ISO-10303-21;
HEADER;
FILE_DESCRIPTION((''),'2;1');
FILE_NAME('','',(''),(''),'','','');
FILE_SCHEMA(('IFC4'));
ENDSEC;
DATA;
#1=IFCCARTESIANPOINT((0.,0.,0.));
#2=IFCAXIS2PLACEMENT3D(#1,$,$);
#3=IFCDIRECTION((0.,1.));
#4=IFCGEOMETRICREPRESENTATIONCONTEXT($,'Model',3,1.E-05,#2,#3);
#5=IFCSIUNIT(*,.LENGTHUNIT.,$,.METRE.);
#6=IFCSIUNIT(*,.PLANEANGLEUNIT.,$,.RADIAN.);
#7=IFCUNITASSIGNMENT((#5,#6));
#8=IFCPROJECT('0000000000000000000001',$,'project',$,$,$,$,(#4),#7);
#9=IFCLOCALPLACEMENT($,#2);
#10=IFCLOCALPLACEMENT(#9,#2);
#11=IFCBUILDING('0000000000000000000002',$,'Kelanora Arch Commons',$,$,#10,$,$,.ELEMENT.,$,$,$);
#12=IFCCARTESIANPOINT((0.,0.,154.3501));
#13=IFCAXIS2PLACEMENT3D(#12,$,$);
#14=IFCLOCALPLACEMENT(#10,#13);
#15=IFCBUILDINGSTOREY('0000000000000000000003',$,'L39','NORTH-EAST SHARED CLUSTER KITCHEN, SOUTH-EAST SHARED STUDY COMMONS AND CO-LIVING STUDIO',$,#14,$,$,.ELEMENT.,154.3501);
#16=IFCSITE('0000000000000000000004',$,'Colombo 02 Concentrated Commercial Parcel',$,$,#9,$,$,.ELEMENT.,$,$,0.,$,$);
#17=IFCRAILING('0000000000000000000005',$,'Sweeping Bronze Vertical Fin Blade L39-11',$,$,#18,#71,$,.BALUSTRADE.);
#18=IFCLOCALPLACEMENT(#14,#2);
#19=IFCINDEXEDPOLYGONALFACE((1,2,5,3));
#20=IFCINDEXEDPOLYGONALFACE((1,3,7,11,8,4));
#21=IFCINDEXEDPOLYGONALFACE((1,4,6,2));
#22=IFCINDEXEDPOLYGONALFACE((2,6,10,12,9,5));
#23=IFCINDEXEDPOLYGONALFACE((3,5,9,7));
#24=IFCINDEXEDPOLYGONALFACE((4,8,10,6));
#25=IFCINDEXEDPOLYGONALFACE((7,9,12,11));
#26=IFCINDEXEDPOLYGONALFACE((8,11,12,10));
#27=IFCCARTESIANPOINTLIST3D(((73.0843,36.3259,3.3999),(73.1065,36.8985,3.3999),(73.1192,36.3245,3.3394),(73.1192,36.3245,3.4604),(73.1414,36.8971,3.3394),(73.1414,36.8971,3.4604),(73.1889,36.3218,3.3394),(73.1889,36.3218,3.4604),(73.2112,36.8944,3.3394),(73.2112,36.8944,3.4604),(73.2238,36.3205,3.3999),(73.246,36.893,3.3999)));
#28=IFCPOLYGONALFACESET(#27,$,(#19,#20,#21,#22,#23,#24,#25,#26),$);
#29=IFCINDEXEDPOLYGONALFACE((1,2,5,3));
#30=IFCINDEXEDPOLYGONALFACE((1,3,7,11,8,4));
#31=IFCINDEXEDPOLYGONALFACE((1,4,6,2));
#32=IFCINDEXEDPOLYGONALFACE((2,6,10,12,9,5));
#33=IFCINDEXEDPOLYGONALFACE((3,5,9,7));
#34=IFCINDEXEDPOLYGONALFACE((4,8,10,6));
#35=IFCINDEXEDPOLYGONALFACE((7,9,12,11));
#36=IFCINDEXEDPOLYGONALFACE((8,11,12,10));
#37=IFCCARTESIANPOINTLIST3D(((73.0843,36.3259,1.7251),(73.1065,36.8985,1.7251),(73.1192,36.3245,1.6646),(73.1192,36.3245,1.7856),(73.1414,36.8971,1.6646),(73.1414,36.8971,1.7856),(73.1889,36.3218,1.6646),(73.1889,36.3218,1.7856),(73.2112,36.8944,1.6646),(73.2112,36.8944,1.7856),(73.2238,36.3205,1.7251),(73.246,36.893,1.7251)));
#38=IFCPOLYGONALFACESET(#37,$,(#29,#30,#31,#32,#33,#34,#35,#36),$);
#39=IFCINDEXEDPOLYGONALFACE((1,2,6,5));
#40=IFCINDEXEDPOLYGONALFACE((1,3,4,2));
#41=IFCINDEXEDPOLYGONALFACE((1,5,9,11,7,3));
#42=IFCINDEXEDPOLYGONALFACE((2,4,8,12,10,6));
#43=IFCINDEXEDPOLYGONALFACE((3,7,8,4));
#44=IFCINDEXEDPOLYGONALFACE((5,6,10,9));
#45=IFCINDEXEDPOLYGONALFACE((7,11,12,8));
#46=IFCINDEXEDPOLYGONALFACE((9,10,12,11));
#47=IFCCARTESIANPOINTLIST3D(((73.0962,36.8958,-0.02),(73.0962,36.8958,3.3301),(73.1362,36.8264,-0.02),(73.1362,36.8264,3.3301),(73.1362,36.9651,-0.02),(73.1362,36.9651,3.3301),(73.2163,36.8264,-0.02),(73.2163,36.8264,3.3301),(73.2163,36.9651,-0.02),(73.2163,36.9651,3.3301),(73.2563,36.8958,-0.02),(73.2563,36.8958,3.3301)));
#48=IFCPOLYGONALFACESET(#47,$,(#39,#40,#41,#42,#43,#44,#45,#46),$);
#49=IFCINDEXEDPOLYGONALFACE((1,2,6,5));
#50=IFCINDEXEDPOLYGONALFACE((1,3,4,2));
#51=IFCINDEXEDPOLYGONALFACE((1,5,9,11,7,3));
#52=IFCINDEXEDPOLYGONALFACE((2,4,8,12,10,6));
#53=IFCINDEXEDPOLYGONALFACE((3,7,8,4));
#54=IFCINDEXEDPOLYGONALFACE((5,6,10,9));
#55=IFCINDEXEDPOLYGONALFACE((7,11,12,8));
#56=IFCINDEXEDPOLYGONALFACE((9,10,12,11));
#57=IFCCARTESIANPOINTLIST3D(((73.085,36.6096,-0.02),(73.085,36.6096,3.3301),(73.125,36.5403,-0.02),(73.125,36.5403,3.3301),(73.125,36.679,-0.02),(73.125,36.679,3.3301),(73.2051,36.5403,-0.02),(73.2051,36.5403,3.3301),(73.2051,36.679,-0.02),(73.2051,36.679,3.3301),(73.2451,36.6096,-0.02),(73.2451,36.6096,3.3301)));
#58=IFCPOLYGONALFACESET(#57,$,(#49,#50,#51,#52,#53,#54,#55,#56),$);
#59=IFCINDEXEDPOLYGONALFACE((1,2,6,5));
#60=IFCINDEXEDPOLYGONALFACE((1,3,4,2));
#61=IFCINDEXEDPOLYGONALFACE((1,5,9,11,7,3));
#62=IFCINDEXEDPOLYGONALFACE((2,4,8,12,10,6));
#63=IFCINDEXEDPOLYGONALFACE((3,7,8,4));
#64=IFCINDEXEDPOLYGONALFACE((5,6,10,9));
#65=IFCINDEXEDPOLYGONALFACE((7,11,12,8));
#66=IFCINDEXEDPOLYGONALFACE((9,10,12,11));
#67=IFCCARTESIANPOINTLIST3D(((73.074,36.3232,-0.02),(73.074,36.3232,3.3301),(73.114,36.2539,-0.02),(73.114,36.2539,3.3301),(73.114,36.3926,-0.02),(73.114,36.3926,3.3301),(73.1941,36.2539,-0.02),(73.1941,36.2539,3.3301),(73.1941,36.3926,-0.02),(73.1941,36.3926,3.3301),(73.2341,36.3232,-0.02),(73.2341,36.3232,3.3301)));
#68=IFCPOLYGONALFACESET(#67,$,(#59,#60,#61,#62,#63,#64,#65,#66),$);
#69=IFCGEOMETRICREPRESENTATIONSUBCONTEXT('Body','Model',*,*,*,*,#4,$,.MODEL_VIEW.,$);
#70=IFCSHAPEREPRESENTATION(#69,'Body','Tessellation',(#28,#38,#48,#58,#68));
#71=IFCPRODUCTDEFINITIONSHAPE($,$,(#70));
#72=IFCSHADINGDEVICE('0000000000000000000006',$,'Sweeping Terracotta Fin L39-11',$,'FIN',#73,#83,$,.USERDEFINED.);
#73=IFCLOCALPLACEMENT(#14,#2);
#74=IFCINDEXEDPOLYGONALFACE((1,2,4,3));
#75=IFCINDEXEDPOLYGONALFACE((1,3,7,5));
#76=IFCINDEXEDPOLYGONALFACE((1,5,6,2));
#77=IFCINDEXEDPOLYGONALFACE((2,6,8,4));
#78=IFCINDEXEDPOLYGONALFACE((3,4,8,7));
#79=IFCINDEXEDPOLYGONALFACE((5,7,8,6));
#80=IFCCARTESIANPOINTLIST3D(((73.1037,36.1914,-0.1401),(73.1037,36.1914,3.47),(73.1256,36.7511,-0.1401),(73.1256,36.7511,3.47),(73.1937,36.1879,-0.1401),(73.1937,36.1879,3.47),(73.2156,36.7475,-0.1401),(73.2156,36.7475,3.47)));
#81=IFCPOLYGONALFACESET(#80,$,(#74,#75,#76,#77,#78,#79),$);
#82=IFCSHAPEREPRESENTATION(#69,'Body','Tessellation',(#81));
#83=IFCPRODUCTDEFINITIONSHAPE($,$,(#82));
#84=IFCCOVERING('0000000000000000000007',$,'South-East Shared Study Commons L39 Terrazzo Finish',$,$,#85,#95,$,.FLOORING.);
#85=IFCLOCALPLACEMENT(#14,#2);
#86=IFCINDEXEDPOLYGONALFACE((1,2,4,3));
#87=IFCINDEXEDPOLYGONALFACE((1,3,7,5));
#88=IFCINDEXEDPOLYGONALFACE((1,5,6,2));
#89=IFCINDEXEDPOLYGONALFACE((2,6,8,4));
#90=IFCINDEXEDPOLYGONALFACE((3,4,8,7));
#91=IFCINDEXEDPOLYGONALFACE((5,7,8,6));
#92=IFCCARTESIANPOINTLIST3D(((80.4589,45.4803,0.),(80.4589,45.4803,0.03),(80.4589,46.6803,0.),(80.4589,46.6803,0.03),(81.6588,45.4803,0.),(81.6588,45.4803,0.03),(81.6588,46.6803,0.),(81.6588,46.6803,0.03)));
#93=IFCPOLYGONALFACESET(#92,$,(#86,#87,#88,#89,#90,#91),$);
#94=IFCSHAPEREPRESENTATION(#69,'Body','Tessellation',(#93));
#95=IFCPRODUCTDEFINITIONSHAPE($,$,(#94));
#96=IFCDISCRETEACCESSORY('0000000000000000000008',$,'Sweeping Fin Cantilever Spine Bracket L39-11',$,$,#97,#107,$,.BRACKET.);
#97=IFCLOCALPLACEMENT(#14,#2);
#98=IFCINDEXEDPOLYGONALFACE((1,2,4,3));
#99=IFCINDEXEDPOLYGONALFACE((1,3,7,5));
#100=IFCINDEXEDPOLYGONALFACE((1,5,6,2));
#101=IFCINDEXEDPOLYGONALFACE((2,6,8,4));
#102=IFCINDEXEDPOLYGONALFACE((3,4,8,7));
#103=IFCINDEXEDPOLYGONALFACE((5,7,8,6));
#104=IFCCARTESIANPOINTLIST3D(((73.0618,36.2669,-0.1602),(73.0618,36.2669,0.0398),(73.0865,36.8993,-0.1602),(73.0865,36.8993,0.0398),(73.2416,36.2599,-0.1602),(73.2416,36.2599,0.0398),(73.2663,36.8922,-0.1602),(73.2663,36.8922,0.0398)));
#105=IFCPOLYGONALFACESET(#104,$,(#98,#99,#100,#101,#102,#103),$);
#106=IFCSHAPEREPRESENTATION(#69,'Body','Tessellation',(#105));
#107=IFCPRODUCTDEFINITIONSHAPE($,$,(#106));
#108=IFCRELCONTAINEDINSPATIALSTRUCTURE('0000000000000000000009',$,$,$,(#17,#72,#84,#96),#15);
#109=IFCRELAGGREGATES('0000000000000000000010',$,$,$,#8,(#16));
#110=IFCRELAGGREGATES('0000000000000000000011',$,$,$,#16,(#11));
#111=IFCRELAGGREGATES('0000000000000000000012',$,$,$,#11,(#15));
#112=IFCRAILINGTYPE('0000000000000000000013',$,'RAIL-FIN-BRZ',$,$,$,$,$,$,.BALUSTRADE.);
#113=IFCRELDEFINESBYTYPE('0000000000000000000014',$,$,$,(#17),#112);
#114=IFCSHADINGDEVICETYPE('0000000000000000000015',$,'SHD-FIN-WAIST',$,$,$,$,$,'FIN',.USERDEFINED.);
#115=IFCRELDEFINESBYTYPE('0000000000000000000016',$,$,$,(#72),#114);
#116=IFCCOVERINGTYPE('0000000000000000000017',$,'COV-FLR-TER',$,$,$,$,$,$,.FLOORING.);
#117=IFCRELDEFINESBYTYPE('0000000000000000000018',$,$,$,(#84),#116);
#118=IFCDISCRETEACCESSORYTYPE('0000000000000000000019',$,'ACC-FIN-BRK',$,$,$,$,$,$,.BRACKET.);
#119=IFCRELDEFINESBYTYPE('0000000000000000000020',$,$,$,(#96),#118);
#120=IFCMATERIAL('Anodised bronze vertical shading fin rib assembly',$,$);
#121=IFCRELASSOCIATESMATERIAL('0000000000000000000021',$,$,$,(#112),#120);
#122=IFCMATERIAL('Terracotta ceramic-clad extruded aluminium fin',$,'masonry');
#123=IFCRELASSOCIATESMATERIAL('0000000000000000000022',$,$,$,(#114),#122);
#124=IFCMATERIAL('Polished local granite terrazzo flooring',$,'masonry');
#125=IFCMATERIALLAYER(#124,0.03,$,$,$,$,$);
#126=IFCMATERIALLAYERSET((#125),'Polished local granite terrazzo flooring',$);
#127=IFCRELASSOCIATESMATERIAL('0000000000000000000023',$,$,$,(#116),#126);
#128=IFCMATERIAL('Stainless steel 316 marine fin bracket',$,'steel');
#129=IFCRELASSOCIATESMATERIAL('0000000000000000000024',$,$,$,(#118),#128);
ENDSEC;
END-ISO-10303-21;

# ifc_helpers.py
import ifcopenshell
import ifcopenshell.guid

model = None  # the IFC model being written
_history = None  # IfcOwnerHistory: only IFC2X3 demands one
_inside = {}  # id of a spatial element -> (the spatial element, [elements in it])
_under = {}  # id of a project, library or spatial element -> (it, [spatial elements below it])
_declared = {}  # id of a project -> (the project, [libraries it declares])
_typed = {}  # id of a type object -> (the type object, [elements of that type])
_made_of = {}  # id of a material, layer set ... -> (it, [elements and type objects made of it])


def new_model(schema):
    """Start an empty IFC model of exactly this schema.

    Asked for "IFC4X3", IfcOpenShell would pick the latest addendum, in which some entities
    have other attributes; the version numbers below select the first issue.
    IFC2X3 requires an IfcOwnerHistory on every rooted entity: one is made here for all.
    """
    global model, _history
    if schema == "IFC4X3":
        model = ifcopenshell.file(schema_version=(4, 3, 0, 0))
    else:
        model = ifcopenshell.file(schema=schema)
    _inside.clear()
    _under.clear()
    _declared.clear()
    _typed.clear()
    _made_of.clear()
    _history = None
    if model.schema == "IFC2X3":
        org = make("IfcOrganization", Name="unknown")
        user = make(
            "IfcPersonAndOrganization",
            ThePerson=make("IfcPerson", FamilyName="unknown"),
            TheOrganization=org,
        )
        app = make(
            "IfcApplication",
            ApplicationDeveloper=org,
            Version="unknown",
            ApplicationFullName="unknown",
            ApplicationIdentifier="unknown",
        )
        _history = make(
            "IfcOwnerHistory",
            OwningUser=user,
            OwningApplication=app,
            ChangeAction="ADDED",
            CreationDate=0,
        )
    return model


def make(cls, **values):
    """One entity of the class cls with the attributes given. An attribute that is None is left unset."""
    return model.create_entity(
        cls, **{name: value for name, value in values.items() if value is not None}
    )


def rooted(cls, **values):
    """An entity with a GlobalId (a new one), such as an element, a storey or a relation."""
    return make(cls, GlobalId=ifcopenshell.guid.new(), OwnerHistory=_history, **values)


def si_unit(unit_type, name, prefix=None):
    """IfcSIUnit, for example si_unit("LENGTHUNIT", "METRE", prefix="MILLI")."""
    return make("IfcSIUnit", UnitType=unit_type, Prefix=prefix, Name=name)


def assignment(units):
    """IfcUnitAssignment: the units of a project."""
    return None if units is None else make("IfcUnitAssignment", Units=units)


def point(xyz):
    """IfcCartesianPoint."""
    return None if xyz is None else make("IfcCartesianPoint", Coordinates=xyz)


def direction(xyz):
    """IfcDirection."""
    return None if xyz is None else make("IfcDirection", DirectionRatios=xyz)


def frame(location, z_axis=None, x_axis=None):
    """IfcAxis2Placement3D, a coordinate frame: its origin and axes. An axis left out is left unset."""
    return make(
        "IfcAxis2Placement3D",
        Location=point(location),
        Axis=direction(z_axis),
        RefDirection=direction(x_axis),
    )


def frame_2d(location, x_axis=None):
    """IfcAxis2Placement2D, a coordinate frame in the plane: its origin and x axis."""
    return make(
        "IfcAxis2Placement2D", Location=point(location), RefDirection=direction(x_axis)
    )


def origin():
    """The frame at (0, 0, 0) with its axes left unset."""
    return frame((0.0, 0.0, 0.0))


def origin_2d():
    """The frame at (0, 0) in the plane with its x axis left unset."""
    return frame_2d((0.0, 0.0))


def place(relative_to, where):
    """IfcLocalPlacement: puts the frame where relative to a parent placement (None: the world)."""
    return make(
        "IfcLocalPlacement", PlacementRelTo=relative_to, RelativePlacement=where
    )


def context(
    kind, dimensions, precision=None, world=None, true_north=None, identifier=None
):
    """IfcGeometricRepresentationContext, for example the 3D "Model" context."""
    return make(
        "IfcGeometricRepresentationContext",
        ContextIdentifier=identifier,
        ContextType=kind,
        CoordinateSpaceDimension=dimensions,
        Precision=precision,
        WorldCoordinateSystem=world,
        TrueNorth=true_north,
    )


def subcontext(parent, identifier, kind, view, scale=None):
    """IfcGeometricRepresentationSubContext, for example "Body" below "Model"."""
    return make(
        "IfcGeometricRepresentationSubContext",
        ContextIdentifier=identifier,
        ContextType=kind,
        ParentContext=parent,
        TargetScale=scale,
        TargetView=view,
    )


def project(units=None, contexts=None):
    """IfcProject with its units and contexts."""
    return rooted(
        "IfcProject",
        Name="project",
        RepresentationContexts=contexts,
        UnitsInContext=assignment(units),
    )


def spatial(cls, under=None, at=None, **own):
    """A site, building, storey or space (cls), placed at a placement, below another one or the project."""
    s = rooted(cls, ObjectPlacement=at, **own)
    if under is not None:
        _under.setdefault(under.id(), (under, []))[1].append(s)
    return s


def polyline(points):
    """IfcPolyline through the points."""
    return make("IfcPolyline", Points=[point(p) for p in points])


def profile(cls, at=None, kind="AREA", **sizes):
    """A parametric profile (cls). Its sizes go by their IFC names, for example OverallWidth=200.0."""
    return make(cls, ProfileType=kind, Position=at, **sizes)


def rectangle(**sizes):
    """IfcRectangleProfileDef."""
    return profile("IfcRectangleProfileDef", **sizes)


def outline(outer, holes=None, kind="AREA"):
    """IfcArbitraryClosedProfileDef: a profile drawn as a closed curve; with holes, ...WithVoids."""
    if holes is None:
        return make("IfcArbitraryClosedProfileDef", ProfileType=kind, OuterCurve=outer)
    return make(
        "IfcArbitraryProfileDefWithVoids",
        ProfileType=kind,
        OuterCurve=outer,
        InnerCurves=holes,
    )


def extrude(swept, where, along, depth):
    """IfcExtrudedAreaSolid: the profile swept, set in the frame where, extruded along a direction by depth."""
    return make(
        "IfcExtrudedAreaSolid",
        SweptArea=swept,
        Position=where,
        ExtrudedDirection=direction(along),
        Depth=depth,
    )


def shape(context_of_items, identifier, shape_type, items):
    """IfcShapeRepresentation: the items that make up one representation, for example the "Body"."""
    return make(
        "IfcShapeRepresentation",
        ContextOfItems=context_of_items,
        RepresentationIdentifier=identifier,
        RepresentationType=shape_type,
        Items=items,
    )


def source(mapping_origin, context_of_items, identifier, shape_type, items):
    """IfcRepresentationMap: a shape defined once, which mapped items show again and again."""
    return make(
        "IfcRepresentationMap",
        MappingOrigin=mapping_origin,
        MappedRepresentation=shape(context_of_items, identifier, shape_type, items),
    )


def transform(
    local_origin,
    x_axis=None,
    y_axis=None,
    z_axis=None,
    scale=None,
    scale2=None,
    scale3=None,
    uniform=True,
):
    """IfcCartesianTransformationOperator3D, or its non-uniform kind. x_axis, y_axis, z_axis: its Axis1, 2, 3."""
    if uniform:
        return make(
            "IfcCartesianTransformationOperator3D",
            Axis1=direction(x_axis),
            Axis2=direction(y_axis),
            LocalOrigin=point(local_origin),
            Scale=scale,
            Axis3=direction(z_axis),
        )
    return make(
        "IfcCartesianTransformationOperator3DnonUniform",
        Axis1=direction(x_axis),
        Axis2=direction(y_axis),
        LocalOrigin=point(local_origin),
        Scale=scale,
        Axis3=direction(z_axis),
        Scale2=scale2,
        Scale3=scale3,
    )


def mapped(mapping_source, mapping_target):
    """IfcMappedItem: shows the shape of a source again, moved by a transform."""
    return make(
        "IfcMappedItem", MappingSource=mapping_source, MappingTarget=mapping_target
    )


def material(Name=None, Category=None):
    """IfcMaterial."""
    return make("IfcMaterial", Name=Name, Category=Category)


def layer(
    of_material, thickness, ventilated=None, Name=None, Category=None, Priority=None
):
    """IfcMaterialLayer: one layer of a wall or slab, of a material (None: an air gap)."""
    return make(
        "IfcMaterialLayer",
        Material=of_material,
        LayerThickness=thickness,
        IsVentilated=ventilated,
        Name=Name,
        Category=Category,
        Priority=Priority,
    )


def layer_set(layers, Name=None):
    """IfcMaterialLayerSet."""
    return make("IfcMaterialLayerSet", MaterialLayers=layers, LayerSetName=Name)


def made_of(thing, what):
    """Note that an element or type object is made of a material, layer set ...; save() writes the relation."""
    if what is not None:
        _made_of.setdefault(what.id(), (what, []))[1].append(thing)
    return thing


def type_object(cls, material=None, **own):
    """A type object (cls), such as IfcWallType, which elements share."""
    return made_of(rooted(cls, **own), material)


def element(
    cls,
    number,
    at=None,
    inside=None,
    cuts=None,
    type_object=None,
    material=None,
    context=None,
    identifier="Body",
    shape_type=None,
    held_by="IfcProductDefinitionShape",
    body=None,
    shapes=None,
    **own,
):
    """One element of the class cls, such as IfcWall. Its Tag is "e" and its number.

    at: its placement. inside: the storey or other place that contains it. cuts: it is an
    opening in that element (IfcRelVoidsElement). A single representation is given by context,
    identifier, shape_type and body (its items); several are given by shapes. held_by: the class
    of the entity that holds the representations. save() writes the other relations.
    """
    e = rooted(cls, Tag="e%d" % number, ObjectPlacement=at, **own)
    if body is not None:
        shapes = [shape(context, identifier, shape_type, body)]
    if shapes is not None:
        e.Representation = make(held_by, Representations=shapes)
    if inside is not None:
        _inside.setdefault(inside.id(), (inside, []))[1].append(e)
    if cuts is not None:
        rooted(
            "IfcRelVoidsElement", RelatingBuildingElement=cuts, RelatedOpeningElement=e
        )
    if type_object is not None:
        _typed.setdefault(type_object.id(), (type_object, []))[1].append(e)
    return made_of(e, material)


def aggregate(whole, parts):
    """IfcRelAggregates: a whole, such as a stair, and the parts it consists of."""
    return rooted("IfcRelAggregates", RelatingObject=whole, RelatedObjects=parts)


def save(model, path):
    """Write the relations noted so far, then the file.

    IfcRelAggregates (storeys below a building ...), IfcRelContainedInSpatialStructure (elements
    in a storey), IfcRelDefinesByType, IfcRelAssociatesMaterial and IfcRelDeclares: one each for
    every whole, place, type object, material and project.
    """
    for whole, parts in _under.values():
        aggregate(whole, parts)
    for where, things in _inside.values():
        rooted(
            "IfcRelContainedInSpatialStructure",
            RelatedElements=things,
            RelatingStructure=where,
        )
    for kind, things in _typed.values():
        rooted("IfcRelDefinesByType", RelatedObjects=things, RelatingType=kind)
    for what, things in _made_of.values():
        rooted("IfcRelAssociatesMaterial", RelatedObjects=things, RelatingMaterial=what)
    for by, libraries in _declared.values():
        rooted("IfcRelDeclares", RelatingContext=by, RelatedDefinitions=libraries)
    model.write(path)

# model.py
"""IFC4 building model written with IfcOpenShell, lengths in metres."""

from ifc_helpers import new_model, si_unit, direction, frame, origin, origin_2d, place, context, subcontext, project, spatial, polyline, rectangle, outline, extrude, source, transform, mapped, material, layer, layer_set, type_object, element, save


model = new_model("IFC4")

# Units and contexts
model_context = context("Model", 3, precision=1e-05, world=origin(), true_north=direction((0.0, 1.0)))
body_context = subcontext(model_context, "Body", "Model", "MODEL_VIEW")
ifc_project = project(units=[si_unit("LENGTHUNIT", "METRE"), si_unit("PLANEANGLEUNIT", "RADIAN")], contexts=[model_context])

# Site, building, storey
site_placement = place(None, origin())
site = spatial("IfcSite", under=ifc_project, at=site_placement, Name="Colombo 02 Concentrated Commercial Parcel", CompositionType="ELEMENT", RefElevation=0.0)
building_placement = place(site_placement, origin())
building = spatial("IfcBuilding", under=site, at=building_placement, Name="Kelanora Arch Commons", CompositionType="ELEMENT")
storey_placement = place(building_placement, frame((0.0, 0.0, 154.3501)))
storey = spatial("IfcBuildingStorey", under=building, at=storey_placement, Name="L39", Description="NORTH-EAST SHARED CLUSTER KITCHEN, SOUTH-EAST SHARED STUDY COMMONS AND CO-LIVING STUDIO", CompositionType="ELEMENT", Elevation=154.3501)

# Railing
ifc_material_1 = material(Name="Anodised bronze vertical shading fin rib assembly")
railing_type = type_object("IfcRailingType", Name="RAIL-FIN-BRZ", PredefinedType="BALUSTRADE", material=ifc_material_1)
railing_placement = place(storey_placement, frame((73.1763, 36.8958, -0.02)))
element("IfcRailing", 1, at=railing_placement, inside=storey, type_object=railing_type, Name="Sweeping Bronze Vertical Fin Blade L39-11", PredefinedType="BALUSTRADE", context=body_context, shape_type="SweptSolid", body=[
    extrude(outline(polyline([(0.0698, 0.0), (0.0349, 0.0605), (-0.0349, 0.0605), (-0.0698, 0.0), (-0.0349, -0.0605), (0.0349, -0.0605), (0.0698, 0.0)])), frame((0.0, 0.0, 3.4199), z_axis=(-0.038777, -0.999248, 0.0), x_axis=(0.999248, -0.038777, 0.0)), (0.0, 0.0, 1.0), 0.573),
    extrude(outline(polyline([(0.0698, 0.0), (0.0349, 0.0605), (-0.0349, 0.0605), (-0.0698, 0.0), (-0.0349, -0.0605), (0.0349, -0.0605), (0.0698, 0.0)])), frame((0.0, 0.0, 1.7451), z_axis=(-0.038777, -0.999248, 0.0), x_axis=(0.999248, -0.038777, 0.0)), (0.0, 0.0, 1.0), 0.573),
    extrude(outline(polyline([(0.0801, 0.0), (0.04, 0.0693), (-0.04, 0.0693), (-0.0801, 0.0), (-0.04, -0.0693), (0.04, -0.0693), (0.0801, 0.0)])), origin(), (0.0, 0.0, 1.0), 3.3501),
    extrude(outline(polyline([(0.0801, 0.0), (0.04, 0.0693), (-0.04, 0.0693), (-0.0801, 0.0), (-0.04, -0.0693), (0.04, -0.0693), (0.0801, 0.0)])), frame((-0.0112, -0.2861, 0.0)), (0.0, 0.0, 1.0), 3.3501),
    extrude(outline(polyline([(0.0801, 0.0), (0.04, 0.0693), (-0.04, 0.0693), (-0.0801, 0.0), (-0.04, -0.0693), (0.04, -0.0693), (0.0801, 0.0)])), frame((-0.0222, -0.5725, 0.0)), (0.0, 0.0, 1.0), 3.3501),
])

# Shading device
ifc_material_2 = material(Name="Terracotta ceramic-clad extruded aluminium fin", Category="masonry")
shading_device_type = type_object("IfcShadingDeviceType", Name="SHD-FIN-WAIST", ElementType="FIN", PredefinedType="USERDEFINED", material=ifc_material_2)
shared_shape_1 = source(origin(), body_context, "Body", "SweptSolid", [
    extrude(rectangle(XDim=0.5601, YDim=0.0901, at=origin_2d()), origin(), (0.0, 0.0, 1.0), 3.6101),
])
shading_device_placement = place(storey_placement, frame((73.1597, 36.4695, -0.1401), z_axis=(0.0, 0.0, 1.0), x_axis=(-0.039085, -0.999236, 0.0)))
element("IfcShadingDevice", 2, at=shading_device_placement, inside=storey, type_object=shading_device_type, Name="Sweeping Terracotta Fin L39-11", ObjectType="FIN", PredefinedType="USERDEFINED", context=body_context, shape_type="MappedRepresentation", body=[
    mapped(shared_shape_1, transform((0.0, 0.0, 0.0), scale=1.0)),
])

# Covering
ifc_material_3 = material(Name="Polished local granite terrazzo flooring", Category="masonry")
ifc_layer_1 = layer(ifc_material_3, 0.03)
ifc_layer_set_1 = layer_set([ifc_layer_1], Name="Polished local granite terrazzo flooring")
covering_type = type_object("IfcCoveringType", Name="COV-FLR-TER", PredefinedType="FLOORING", material=ifc_layer_set_1)
shared_shape_2 = source(origin(), body_context, "Body", "SweptSolid", [
    extrude(rectangle(XDim=1.2, YDim=1.2, at=origin_2d()), origin(), (0.0, 0.0, 1.0), 0.03),
])
covering_placement = place(storey_placement, frame((81.0588, 46.0803, 0.0), z_axis=(0.0, 0.0, 1.0), x_axis=(1.0, 0.0, 0.0)))
element("IfcCovering", 3, at=covering_placement, inside=storey, type_object=covering_type, Name="South-East Shared Study Commons L39 Terrazzo Finish", PredefinedType="FLOORING", context=body_context, shape_type="MappedRepresentation", body=[
    mapped(shared_shape_2, transform((0.0, 0.0, 0.0), scale=1.0)),
])

# Discrete accessory
ifc_material_4 = material(Name="Stainless steel 316 marine fin bracket", Category="steel")
discrete_accessory_type = type_object("IfcDiscreteAccessoryType", Name="ACC-FIN-BRK", PredefinedType="BRACKET", material=ifc_material_4)
shared_shape_3 = source(origin(), body_context, "Body", "SweptSolid", [
    extrude(rectangle(XDim=0.6328, YDim=0.1799, at=origin_2d()), origin(), (0.0, 0.0, 1.0), 0.2),
])
discrete_accessory_placement = place(storey_placement, frame((73.1641, 36.5796, -0.1602), z_axis=(0.0, 0.0, 1.0), x_axis=(-0.039085, -0.999236, 0.0)))
element("IfcDiscreteAccessory", 4, at=discrete_accessory_placement, inside=storey, type_object=discrete_accessory_type, Name="Sweeping Fin Cantilever Spine Bracket L39-11", PredefinedType="BRACKET", context=body_context, shape_type="MappedRepresentation", body=[
    mapped(shared_shape_3, transform((0.0, 0.0, 0.0), scale=1.0)),
])

save(model, "model.ifc")
